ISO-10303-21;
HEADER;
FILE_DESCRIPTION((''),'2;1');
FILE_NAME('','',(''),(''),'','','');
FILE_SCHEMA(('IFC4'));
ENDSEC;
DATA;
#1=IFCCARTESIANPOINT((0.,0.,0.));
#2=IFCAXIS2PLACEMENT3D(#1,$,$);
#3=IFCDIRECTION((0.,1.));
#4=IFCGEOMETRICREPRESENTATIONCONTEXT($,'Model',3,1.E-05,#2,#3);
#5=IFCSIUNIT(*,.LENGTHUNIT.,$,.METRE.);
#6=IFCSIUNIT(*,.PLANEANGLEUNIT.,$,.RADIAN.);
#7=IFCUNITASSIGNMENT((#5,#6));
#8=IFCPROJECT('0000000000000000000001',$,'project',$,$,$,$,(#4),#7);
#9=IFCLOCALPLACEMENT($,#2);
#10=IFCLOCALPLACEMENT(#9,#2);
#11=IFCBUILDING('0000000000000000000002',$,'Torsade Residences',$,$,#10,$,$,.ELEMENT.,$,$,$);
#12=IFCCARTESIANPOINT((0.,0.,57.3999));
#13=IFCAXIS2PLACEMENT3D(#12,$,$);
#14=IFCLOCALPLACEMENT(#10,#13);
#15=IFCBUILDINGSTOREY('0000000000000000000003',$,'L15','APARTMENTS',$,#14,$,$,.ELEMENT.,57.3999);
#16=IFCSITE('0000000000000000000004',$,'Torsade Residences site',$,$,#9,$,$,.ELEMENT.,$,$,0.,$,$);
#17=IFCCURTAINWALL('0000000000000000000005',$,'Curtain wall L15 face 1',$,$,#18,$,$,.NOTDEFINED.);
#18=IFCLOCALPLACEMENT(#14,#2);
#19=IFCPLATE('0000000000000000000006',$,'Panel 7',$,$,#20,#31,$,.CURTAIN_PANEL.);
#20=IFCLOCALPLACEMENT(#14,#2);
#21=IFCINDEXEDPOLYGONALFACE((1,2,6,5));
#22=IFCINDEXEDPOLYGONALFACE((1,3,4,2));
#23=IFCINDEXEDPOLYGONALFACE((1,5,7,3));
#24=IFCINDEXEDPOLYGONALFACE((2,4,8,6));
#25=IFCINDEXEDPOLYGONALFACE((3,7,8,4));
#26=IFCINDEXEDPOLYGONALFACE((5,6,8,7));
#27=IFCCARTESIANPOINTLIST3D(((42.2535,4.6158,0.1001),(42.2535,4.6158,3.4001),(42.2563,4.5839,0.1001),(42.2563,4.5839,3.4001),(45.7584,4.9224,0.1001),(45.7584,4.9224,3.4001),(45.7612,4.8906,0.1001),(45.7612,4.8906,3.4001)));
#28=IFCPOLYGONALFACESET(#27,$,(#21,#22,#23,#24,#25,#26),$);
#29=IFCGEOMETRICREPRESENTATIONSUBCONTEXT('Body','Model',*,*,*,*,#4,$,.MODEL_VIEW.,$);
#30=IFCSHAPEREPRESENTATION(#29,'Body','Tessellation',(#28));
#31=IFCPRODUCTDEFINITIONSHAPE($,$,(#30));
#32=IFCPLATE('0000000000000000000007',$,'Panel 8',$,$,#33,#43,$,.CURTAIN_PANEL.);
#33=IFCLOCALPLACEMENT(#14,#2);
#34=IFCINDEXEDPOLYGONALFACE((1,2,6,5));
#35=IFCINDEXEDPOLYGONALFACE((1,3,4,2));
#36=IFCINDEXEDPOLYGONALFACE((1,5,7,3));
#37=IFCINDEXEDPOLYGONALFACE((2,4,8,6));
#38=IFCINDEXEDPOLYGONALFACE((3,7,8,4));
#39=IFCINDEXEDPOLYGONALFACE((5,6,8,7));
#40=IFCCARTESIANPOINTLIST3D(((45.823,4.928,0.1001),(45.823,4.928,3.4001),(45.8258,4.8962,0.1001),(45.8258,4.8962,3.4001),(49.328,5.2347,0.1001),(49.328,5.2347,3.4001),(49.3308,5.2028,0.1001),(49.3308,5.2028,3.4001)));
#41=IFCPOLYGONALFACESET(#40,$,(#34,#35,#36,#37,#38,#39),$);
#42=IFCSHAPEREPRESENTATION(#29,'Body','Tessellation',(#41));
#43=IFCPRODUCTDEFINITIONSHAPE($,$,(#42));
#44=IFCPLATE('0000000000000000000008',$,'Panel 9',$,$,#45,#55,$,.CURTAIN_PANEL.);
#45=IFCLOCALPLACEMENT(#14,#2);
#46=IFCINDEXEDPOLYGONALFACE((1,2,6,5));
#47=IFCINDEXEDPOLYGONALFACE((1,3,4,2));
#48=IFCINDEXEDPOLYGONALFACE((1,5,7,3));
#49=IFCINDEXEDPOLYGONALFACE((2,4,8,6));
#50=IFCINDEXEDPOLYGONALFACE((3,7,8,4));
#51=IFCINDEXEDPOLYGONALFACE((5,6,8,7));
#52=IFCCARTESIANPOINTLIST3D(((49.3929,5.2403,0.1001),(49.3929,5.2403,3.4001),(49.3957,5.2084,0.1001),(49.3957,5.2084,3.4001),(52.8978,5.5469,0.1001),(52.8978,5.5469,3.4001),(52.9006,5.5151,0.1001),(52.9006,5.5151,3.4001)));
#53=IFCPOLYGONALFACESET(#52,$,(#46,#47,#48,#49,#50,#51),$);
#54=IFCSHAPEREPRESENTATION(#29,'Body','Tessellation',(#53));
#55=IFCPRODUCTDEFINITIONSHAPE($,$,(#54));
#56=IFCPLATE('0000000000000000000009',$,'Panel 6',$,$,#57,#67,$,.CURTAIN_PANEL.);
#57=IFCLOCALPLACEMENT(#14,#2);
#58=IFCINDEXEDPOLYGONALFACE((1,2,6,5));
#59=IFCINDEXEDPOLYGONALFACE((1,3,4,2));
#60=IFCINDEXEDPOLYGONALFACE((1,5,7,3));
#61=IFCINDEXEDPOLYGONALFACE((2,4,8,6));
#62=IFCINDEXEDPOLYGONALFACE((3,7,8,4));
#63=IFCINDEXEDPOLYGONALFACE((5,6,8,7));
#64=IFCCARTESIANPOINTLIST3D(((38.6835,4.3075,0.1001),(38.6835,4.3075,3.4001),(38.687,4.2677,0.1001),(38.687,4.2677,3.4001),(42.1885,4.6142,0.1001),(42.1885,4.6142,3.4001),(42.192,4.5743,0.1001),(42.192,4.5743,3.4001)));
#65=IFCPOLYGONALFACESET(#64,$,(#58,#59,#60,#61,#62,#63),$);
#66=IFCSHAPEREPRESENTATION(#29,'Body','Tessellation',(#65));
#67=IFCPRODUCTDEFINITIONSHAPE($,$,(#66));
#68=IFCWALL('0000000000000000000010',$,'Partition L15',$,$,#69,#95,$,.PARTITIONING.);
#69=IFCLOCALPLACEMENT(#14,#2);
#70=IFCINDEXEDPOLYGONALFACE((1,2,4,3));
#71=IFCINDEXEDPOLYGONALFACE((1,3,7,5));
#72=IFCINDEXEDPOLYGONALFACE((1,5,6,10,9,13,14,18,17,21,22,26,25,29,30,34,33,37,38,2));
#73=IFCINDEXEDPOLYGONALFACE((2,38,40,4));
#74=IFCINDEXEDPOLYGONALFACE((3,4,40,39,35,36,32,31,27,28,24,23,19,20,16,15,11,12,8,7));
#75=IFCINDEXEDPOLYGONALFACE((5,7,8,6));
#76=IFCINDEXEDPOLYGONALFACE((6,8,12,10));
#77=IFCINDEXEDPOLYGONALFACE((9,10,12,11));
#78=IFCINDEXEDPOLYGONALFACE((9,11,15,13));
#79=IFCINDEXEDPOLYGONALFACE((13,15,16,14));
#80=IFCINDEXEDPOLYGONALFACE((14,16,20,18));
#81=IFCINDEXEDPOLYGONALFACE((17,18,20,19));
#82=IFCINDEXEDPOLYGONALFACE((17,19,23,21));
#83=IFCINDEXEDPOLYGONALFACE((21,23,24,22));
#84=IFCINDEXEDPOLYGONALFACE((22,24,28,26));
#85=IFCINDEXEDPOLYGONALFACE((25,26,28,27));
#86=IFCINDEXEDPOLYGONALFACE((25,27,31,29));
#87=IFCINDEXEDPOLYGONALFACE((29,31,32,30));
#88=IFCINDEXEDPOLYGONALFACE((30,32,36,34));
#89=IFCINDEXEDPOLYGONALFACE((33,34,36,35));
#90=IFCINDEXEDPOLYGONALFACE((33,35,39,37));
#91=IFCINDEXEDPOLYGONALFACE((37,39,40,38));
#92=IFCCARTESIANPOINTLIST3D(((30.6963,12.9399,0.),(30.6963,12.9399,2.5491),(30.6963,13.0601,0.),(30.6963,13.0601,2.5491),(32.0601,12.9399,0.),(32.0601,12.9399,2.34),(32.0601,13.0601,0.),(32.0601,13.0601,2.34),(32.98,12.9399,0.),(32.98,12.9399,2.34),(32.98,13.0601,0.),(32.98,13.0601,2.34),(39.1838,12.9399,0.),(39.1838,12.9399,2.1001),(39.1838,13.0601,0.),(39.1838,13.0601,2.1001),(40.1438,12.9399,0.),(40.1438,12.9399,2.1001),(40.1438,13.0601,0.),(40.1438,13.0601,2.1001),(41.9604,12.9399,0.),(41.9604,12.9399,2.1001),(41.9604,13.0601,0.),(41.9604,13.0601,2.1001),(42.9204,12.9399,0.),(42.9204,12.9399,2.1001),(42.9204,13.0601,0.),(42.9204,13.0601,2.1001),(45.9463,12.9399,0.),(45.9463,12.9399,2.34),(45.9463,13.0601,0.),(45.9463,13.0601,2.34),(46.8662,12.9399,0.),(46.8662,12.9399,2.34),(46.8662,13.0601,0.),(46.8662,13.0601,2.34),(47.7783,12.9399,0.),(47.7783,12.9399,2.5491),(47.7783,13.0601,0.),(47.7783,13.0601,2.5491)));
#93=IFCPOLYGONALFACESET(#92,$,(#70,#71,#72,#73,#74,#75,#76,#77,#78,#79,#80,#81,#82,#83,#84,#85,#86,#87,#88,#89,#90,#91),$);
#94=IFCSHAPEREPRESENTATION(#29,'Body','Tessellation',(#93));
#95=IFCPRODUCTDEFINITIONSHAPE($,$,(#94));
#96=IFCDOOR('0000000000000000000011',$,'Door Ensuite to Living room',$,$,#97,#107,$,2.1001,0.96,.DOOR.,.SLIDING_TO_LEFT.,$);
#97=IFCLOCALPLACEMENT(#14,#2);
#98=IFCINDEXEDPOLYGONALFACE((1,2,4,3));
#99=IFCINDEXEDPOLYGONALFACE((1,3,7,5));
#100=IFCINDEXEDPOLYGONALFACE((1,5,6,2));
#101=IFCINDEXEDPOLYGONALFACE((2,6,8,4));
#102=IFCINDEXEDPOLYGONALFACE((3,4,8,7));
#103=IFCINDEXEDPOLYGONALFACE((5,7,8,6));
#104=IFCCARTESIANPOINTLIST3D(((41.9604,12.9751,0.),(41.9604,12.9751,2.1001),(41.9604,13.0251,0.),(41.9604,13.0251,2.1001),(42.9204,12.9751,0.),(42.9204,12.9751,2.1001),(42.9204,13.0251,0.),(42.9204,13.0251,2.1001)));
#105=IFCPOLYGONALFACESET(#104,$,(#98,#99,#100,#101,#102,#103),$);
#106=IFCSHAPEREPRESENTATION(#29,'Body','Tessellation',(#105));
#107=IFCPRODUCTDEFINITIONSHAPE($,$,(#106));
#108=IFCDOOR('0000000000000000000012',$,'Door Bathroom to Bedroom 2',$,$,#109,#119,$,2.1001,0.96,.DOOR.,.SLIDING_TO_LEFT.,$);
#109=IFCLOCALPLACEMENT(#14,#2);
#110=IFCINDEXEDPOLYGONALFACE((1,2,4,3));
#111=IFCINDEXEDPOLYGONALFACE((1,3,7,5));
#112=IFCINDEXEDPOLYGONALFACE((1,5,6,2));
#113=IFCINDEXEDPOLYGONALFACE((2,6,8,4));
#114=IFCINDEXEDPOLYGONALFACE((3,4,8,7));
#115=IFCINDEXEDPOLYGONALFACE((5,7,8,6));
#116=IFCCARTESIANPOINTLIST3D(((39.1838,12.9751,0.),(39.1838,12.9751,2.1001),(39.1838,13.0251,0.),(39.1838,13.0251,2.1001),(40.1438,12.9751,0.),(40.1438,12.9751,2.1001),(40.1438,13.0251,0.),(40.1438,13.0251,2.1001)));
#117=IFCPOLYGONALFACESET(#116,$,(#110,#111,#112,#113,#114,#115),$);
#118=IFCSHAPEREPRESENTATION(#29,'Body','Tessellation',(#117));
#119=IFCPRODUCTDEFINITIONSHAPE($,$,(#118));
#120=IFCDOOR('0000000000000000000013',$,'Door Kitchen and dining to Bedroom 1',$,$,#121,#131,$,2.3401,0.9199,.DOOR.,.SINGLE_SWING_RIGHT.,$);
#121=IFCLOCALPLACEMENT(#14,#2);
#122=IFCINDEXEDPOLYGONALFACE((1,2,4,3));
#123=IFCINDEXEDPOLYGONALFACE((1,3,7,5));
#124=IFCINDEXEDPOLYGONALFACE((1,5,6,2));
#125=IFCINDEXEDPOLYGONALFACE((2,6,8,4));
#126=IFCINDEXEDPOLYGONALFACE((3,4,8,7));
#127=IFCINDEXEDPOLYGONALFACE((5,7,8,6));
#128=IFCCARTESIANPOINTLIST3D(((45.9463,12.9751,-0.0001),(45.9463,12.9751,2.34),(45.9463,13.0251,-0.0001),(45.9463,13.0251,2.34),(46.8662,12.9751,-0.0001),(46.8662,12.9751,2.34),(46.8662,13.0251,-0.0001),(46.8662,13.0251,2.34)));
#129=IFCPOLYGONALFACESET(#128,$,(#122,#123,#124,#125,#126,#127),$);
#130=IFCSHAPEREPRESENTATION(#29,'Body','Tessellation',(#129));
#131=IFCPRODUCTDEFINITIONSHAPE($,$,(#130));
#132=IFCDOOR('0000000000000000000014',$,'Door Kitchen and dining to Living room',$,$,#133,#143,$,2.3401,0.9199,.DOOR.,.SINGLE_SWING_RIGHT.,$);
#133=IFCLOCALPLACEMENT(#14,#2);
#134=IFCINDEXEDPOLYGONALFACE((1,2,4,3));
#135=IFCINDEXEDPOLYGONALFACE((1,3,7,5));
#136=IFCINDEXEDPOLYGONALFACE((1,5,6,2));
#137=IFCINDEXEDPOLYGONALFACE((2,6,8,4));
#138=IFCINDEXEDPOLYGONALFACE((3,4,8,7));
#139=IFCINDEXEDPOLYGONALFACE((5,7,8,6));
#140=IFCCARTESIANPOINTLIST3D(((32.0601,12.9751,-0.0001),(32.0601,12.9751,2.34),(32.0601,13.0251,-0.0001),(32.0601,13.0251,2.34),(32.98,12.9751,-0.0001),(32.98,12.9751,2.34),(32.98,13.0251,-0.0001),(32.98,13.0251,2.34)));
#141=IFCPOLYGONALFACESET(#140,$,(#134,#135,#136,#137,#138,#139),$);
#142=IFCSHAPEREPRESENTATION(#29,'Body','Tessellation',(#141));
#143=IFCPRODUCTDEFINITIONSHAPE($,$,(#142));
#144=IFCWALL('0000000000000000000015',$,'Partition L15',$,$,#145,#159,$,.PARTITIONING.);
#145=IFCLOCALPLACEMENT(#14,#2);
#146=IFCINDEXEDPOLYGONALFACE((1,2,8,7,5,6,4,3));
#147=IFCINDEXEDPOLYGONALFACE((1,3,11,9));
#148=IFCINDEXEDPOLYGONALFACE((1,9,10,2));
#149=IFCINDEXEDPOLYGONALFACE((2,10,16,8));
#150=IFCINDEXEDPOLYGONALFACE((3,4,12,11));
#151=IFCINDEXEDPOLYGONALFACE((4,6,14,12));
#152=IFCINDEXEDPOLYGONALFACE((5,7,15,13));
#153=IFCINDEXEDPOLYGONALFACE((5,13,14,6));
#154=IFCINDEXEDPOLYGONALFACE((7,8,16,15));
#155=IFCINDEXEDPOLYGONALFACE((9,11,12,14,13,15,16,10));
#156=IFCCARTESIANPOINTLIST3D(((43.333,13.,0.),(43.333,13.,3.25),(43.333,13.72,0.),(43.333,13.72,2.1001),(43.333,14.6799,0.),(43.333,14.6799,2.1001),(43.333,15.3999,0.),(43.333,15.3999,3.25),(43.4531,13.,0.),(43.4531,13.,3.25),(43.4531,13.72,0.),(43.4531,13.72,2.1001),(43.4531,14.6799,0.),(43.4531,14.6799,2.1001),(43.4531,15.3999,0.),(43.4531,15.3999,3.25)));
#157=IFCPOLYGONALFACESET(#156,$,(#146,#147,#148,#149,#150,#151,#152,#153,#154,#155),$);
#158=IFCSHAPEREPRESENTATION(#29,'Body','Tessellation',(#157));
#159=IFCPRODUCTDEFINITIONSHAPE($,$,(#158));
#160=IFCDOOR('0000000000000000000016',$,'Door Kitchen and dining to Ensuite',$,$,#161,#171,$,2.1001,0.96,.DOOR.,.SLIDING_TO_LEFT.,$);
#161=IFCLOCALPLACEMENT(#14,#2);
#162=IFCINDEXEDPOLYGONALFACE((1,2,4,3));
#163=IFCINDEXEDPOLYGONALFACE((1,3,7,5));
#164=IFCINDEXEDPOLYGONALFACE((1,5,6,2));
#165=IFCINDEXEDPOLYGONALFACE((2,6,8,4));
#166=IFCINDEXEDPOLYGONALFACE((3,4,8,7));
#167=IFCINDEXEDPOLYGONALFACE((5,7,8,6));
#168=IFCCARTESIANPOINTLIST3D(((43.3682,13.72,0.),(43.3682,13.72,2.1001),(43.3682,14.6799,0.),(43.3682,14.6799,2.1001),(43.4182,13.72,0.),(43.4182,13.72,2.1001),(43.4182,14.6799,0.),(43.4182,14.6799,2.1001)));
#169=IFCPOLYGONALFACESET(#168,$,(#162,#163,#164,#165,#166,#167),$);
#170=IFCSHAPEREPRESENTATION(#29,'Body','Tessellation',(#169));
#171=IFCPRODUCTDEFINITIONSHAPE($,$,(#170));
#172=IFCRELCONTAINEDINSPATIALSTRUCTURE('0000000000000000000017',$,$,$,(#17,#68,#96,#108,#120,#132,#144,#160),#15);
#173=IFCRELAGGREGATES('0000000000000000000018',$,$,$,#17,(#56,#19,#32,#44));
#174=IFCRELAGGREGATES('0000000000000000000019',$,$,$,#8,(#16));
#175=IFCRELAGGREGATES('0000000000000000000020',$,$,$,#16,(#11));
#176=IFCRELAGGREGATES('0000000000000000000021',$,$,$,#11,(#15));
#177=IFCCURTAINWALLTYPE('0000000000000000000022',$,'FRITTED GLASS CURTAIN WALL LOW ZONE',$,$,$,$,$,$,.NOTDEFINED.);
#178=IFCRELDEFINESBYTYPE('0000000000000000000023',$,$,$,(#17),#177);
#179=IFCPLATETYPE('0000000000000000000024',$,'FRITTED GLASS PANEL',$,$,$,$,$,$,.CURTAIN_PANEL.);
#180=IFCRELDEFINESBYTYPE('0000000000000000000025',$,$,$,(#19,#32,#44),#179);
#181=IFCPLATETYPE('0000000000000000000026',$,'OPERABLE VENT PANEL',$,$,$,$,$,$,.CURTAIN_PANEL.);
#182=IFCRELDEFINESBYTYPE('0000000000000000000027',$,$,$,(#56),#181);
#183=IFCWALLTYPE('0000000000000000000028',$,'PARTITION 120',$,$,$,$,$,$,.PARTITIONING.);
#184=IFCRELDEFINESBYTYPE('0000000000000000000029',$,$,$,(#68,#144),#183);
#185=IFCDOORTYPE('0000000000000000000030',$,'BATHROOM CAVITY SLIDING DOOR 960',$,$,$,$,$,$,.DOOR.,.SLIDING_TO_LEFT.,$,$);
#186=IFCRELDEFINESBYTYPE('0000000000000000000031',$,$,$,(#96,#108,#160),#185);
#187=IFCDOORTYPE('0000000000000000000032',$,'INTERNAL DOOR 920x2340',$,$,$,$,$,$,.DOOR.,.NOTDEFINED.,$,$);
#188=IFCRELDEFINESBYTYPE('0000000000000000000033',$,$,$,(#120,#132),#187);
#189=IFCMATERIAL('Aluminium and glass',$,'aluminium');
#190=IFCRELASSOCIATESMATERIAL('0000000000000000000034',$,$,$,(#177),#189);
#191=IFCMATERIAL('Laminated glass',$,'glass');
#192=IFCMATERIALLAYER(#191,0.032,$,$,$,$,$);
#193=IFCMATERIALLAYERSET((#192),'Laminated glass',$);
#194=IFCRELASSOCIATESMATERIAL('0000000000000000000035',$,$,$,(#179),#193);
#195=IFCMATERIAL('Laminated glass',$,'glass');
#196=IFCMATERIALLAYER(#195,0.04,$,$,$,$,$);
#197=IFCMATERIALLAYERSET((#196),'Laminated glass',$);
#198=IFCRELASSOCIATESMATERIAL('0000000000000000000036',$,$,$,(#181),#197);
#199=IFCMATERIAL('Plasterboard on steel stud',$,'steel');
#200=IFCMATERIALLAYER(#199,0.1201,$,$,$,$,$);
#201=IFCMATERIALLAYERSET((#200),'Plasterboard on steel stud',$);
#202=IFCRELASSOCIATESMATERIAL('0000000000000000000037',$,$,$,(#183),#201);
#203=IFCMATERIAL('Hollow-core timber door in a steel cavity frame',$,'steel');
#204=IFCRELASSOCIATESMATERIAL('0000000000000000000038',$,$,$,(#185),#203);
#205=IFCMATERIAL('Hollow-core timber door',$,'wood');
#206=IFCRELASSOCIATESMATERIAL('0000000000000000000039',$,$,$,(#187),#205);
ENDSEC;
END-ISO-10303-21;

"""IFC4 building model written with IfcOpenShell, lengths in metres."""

from ifc_helpers import new_model, si_unit, direction, frame, frame_2d, origin, origin_2d, place, context, subcontext, project, spatial, rectangle, extrude, material, layer, layer_set, type_object, element, fill, aggregate, save


model = new_model("IFC4")

# Units and contexts
model_context = context("Model", 3, precision=1e-05, world=origin(), true_north=direction((0.0, 1.0)))
body_context = subcontext(model_context, "Body", "Model", "MODEL_VIEW")
ifc_project = project(units=[si_unit("LENGTHUNIT", "METRE"), si_unit("PLANEANGLEUNIT", "RADIAN")], contexts=[model_context])

# Site, building, storey
site_placement = place(None, origin())
site = spatial("IfcSite", under=ifc_project, at=site_placement, Name="Torsade Residences site", CompositionType="ELEMENT", RefElevation=0.0)
building_placement = place(site_placement, origin())
building = spatial("IfcBuilding", under=site, at=building_placement, Name="Torsade Residences", CompositionType="ELEMENT")
storey_placement = place(building_placement, frame((0.0, 0.0, 57.3999)))
storey = spatial("IfcBuildingStorey", under=building, at=storey_placement, Name="L15", Description="APARTMENTS", CompositionType="ELEMENT", Elevation=57.3999)

# Curtain wall
ifc_material_1 = material(Name="Aluminium and glass", Category="aluminium")
curtain_wall_type = type_object("IfcCurtainWallType", Name="FRITTED GLASS CURTAIN WALL LOW ZONE", PredefinedType="NOTDEFINED", material=ifc_material_1)
curtain_wall_placement = place(storey_placement, origin())
curtain_wall = element("IfcCurtainWall", 1, at=curtain_wall_placement, inside=storey, type_object=curtain_wall_type, Name="Curtain wall L15 face 1", PredefinedType="NOTDEFINED")

# Plates
ifc_material_2 = material(Name="Laminated glass", Category="glass")
ifc_layer_1 = layer(ifc_material_2, 0.032)
ifc_layer_set_1 = layer_set([ifc_layer_1], Name="Laminated glass")
plate_type_1 = type_object("IfcPlateType", Name="FRITTED GLASS PANEL", PredefinedType="CURTAIN_PANEL", material=ifc_layer_set_1)
plate_1_placement = place(storey_placement, frame((44.0073, 4.7532, 0.1001), z_axis=(0.0, 0.0, 1.0), x_axis=(0.996195, 0.087156, 0.0)))
plate_1 = element("IfcPlate", 2, at=plate_1_placement, type_object=plate_type_1, Name="Panel 7", PredefinedType="CURTAIN_PANEL", context=body_context, shape_type="SweptSolid", body=[
    extrude(rectangle(XDim=3.5183, YDim=0.032, at=origin_2d()), origin(), (0.0, 0.0, 1.0), 3.3),
])
plate_2_placement = place(storey_placement, frame((47.5769, 5.0654, 0.1001), z_axis=(0.0, 0.0, 1.0), x_axis=(0.996195, 0.087156, 0.0)))
plate_2 = element("IfcPlate", 3, at=plate_2_placement, type_object=plate_type_1, Name="Panel 8", PredefinedType="CURTAIN_PANEL", context=body_context, shape_type="SweptSolid", body=[
    extrude(rectangle(XDim=3.5183, YDim=0.032, at=origin_2d()), origin(), (0.0, 0.0, 1.0), 3.3),
])
plate_3_placement = place(storey_placement, frame((51.1467, 5.3777, 0.1001), z_axis=(0.0, 0.0, 1.0), x_axis=(0.996195, 0.087156, 0.0)))
plate_3 = element("IfcPlate", 4, at=plate_3_placement, type_object=plate_type_1, Name="Panel 9", PredefinedType="CURTAIN_PANEL", context=body_context, shape_type="SweptSolid", body=[
    extrude(rectangle(XDim=3.5183, YDim=0.032, at=origin_2d()), origin(), (0.0, 0.0, 1.0), 3.3),
])
ifc_material_3 = material(Name="Laminated glass", Category="glass")
ifc_layer_2 = layer(ifc_material_3, 0.04)
ifc_layer_set_2 = layer_set([ifc_layer_2], Name="Laminated glass")
plate_type_2 = type_object("IfcPlateType", Name="OPERABLE VENT PANEL", PredefinedType="CURTAIN_PANEL", material=ifc_layer_set_2)
plate_4_placement = place(storey_placement, frame((40.4377, 4.4409, 0.1001), z_axis=(0.0, 0.0, 1.0), x_axis=(0.996195, 0.087156, 0.0)))
plate_4 = element("IfcPlate", 5, at=plate_4_placement, type_object=plate_type_2, Name="Panel 6", PredefinedType="CURTAIN_PANEL", context=body_context, shape_type="SweptSolid", body=[
    extrude(rectangle(XDim=3.5183, YDim=0.04, at=origin_2d()), origin(), (0.0, 0.0, 1.0), 3.3),
])
aggregate(curtain_wall, [plate_4, plate_1, plate_2, plate_3])

# Wall, openings, doors
ifc_material_4 = material(Name="Plasterboard on steel stud", Category="steel")
ifc_layer_3 = layer(ifc_material_4, 0.1201)
ifc_layer_set_3 = layer_set([ifc_layer_3], Name="Plasterboard on steel stud")
wall_type_1 = type_object("IfcWallType", Name="PARTITION 120", PredefinedType="PARTITIONING", material=ifc_layer_set_3)
wall_1_placement = place(storey_placement, frame((47.7783, 13.0, 0.0), z_axis=(0.0, 0.0, 1.0), x_axis=(-1.0, 0.0, 0.0)))
wall_1 = element("IfcWall", 6, at=wall_1_placement, inside=storey, type_object=wall_type_1, Name="Partition L15", PredefinedType="PARTITIONING", context=body_context, shape_type="SweptSolid", body=[
    extrude(rectangle(XDim=17.082, YDim=0.1201, at=frame_2d((8.541, 0.0))), origin(), (0.0, 0.0, 1.0), 2.5491),
])
opening_1_placement = place(wall_1_placement, frame((0.9121, 0.0, 0.0)))
opening_1 = element("IfcOpeningElement", 7, at=opening_1_placement, cuts=wall_1, PredefinedType="OPENING", context=body_context, shape_type="SweptSolid", body=[
    extrude(rectangle(XDim=0.9199, YDim=2.3401, at=frame_2d((0.46, 1.1699))), frame((0.0, 0.0701, 0.0), z_axis=(0.0, -1.0, 0.0), x_axis=(1.0, 0.0, 0.0)), (0.0, 0.0, 1.0), 0.1401),
])
opening_2_placement = place(wall_1_placement, frame((14.7983, 0.0, 0.0)))
opening_2 = element("IfcOpeningElement", 8, at=opening_2_placement, cuts=wall_1, PredefinedType="OPENING", context=body_context, shape_type="SweptSolid", body=[
    extrude(rectangle(XDim=0.9199, YDim=2.3401, at=frame_2d((0.46, 1.1699))), frame((0.0, 0.0701, 0.0), z_axis=(0.0, -1.0, 0.0), x_axis=(1.0, 0.0, 0.0)), (0.0, 0.0, 1.0), 0.1401),
])
opening_3_placement = place(wall_1_placement, frame((4.8579, 0.0, 0.0)))
opening_3 = element("IfcOpeningElement", 9, at=opening_3_placement, cuts=wall_1, PredefinedType="OPENING", context=body_context, shape_type="SweptSolid", body=[
    extrude(rectangle(XDim=0.96, YDim=2.1001, at=frame_2d((0.48, 1.05))), frame((0.0, 0.0701, 0.0), z_axis=(0.0, -1.0, 0.0), x_axis=(1.0, 0.0, 0.0)), (0.0, 0.0, 1.0), 0.1401),
])
opening_4_placement = place(wall_1_placement, frame((7.6345, 0.0, 0.0)))
opening_4 = element("IfcOpeningElement", 10, at=opening_4_placement, cuts=wall_1, PredefinedType="OPENING", context=body_context, shape_type="SweptSolid", body=[
    extrude(rectangle(XDim=0.96, YDim=2.1001, at=frame_2d((0.48, 1.05))), frame((0.0, 0.0701, 0.0), z_axis=(0.0, -1.0, 0.0), x_axis=(1.0, 0.0, 0.0)), (0.0, 0.0, 1.0), 0.1401),
])
ifc_material_5 = material(Name="Hollow-core timber door in a steel cavity frame", Category="steel")
door_type_1 = type_object("IfcDoorType", Name="BATHROOM CAVITY SLIDING DOOR 960", OperationType="SLIDING_TO_LEFT", PredefinedType="DOOR", material=ifc_material_5)
door_1_placement = place(opening_3_placement, origin())
door_1 = element("IfcDoor", 11, at=door_1_placement, inside=storey, type_object=door_type_1, Name="Door Ensuite to Living room", OperationType="SLIDING_TO_LEFT", OverallHeight=2.1001, OverallWidth=0.96, PredefinedType="DOOR", context=body_context, shape_type="SweptSolid", body=[
    extrude(rectangle(XDim=0.96, YDim=2.1001, at=frame_2d((0.48, 1.05))), frame((0.0, 0.0249, 0.0), z_axis=(0.0, -1.0, 0.0), x_axis=(1.0, 0.0, 0.0)), (0.0, 0.0, 1.0), 0.05),
])
fill(opening_3, door_1)
door_2_placement = place(opening_4_placement, origin())
door_2 = element("IfcDoor", 12, at=door_2_placement, inside=storey, type_object=door_type_1, Name="Door Bathroom to Bedroom 2", OperationType="SLIDING_TO_LEFT", OverallHeight=2.1001, OverallWidth=0.96, PredefinedType="DOOR", context=body_context, shape_type="SweptSolid", body=[
    extrude(rectangle(XDim=0.96, YDim=2.1001, at=frame_2d((0.48, 1.05))), frame((0.0, 0.0249, 0.0), z_axis=(0.0, -1.0, 0.0), x_axis=(1.0, 0.0, 0.0)), (0.0, 0.0, 1.0), 0.05),
])
fill(opening_4, door_2)
ifc_material_6 = material(Name="Hollow-core timber door", Category="wood")
door_type_2 = type_object("IfcDoorType", Name="INTERNAL DOOR 920x2340", OperationType="NOTDEFINED", PredefinedType="DOOR", material=ifc_material_6)
door_3_placement = place(opening_1_placement, origin())
door_3 = element("IfcDoor", 13, at=door_3_placement, inside=storey, type_object=door_type_2, Name="Door Kitchen and dining to Bedroom 1", OperationType="SINGLE_SWING_RIGHT", OverallHeight=2.3401, OverallWidth=0.9199, PredefinedType="DOOR", context=body_context, shape_type="SweptSolid", body=[
    extrude(rectangle(XDim=0.9199, YDim=2.3401, at=frame_2d((0.46, 1.1699))), frame((0.0, 0.0249, 0.0), z_axis=(0.0, -1.0, 0.0), x_axis=(1.0, 0.0, 0.0)), (0.0, 0.0, 1.0), 0.05),
])
fill(opening_1, door_3)
door_4_placement = place(opening_2_placement, origin())
door_4 = element("IfcDoor", 14, at=door_4_placement, inside=storey, type_object=door_type_2, Name="Door Kitchen and dining to Living room", OperationType="SINGLE_SWING_RIGHT", OverallHeight=2.3401, OverallWidth=0.9199, PredefinedType="DOOR", context=body_context, shape_type="SweptSolid", body=[
    extrude(rectangle(XDim=0.9199, YDim=2.3401, at=frame_2d((0.46, 1.1699))), frame((0.0, 0.0249, 0.0), z_axis=(0.0, -1.0, 0.0), x_axis=(1.0, 0.0, 0.0)), (0.0, 0.0, 1.0), 0.05),
])
fill(opening_2, door_4)

# Wall, opening, door
wall_2_placement = place(storey_placement, frame((43.3931, 13.0, 0.0), z_axis=(0.0, 0.0, 1.0), x_axis=(0.0, 1.0, 0.0)))
wall_2 = element("IfcWall", 15, at=wall_2_placement, inside=storey, type_object=wall_type_1, Name="Partition L15", PredefinedType="PARTITIONING", context=body_context, shape_type="SweptSolid", body=[
    extrude(rectangle(XDim=2.3999, YDim=0.1201, at=frame_2d((1.2, 0.0))), origin(), (0.0, 0.0, 1.0), 3.25),
])
opening_5_placement = place(wall_2_placement, frame((0.72, 0.0, 0.0)))
opening_5 = element("IfcOpeningElement", 16, at=opening_5_placement, cuts=wall_2, PredefinedType="OPENING", context=body_context, shape_type="SweptSolid", body=[
    extrude(rectangle(XDim=0.96, YDim=2.1001, at=frame_2d((0.48, 1.05))), frame((0.0, 0.0701, 0.0), z_axis=(0.0, -1.0, 0.0), x_axis=(1.0, 0.0, 0.0)), (0.0, 0.0, 1.0), 0.1401),
])
door_5_placement = place(opening_5_placement, origin())
door_5 = element("IfcDoor", 17, at=door_5_placement, inside=storey, type_object=door_type_1, Name="Door Kitchen and dining to Ensuite", OperationType="SLIDING_TO_LEFT", OverallHeight=2.1001, OverallWidth=0.96, PredefinedType="DOOR", context=body_context, shape_type="SweptSolid", body=[
    extrude(rectangle(XDim=0.96, YDim=2.1001, at=frame_2d((0.48, 1.05))), frame((0.0, 0.0249, 0.0), z_axis=(0.0, -1.0, 0.0), x_axis=(1.0, 0.0, 0.0)), (0.0, 0.0, 1.0), 0.05),
])
fill(opening_5, door_5)

save(model, "model.ifc")
